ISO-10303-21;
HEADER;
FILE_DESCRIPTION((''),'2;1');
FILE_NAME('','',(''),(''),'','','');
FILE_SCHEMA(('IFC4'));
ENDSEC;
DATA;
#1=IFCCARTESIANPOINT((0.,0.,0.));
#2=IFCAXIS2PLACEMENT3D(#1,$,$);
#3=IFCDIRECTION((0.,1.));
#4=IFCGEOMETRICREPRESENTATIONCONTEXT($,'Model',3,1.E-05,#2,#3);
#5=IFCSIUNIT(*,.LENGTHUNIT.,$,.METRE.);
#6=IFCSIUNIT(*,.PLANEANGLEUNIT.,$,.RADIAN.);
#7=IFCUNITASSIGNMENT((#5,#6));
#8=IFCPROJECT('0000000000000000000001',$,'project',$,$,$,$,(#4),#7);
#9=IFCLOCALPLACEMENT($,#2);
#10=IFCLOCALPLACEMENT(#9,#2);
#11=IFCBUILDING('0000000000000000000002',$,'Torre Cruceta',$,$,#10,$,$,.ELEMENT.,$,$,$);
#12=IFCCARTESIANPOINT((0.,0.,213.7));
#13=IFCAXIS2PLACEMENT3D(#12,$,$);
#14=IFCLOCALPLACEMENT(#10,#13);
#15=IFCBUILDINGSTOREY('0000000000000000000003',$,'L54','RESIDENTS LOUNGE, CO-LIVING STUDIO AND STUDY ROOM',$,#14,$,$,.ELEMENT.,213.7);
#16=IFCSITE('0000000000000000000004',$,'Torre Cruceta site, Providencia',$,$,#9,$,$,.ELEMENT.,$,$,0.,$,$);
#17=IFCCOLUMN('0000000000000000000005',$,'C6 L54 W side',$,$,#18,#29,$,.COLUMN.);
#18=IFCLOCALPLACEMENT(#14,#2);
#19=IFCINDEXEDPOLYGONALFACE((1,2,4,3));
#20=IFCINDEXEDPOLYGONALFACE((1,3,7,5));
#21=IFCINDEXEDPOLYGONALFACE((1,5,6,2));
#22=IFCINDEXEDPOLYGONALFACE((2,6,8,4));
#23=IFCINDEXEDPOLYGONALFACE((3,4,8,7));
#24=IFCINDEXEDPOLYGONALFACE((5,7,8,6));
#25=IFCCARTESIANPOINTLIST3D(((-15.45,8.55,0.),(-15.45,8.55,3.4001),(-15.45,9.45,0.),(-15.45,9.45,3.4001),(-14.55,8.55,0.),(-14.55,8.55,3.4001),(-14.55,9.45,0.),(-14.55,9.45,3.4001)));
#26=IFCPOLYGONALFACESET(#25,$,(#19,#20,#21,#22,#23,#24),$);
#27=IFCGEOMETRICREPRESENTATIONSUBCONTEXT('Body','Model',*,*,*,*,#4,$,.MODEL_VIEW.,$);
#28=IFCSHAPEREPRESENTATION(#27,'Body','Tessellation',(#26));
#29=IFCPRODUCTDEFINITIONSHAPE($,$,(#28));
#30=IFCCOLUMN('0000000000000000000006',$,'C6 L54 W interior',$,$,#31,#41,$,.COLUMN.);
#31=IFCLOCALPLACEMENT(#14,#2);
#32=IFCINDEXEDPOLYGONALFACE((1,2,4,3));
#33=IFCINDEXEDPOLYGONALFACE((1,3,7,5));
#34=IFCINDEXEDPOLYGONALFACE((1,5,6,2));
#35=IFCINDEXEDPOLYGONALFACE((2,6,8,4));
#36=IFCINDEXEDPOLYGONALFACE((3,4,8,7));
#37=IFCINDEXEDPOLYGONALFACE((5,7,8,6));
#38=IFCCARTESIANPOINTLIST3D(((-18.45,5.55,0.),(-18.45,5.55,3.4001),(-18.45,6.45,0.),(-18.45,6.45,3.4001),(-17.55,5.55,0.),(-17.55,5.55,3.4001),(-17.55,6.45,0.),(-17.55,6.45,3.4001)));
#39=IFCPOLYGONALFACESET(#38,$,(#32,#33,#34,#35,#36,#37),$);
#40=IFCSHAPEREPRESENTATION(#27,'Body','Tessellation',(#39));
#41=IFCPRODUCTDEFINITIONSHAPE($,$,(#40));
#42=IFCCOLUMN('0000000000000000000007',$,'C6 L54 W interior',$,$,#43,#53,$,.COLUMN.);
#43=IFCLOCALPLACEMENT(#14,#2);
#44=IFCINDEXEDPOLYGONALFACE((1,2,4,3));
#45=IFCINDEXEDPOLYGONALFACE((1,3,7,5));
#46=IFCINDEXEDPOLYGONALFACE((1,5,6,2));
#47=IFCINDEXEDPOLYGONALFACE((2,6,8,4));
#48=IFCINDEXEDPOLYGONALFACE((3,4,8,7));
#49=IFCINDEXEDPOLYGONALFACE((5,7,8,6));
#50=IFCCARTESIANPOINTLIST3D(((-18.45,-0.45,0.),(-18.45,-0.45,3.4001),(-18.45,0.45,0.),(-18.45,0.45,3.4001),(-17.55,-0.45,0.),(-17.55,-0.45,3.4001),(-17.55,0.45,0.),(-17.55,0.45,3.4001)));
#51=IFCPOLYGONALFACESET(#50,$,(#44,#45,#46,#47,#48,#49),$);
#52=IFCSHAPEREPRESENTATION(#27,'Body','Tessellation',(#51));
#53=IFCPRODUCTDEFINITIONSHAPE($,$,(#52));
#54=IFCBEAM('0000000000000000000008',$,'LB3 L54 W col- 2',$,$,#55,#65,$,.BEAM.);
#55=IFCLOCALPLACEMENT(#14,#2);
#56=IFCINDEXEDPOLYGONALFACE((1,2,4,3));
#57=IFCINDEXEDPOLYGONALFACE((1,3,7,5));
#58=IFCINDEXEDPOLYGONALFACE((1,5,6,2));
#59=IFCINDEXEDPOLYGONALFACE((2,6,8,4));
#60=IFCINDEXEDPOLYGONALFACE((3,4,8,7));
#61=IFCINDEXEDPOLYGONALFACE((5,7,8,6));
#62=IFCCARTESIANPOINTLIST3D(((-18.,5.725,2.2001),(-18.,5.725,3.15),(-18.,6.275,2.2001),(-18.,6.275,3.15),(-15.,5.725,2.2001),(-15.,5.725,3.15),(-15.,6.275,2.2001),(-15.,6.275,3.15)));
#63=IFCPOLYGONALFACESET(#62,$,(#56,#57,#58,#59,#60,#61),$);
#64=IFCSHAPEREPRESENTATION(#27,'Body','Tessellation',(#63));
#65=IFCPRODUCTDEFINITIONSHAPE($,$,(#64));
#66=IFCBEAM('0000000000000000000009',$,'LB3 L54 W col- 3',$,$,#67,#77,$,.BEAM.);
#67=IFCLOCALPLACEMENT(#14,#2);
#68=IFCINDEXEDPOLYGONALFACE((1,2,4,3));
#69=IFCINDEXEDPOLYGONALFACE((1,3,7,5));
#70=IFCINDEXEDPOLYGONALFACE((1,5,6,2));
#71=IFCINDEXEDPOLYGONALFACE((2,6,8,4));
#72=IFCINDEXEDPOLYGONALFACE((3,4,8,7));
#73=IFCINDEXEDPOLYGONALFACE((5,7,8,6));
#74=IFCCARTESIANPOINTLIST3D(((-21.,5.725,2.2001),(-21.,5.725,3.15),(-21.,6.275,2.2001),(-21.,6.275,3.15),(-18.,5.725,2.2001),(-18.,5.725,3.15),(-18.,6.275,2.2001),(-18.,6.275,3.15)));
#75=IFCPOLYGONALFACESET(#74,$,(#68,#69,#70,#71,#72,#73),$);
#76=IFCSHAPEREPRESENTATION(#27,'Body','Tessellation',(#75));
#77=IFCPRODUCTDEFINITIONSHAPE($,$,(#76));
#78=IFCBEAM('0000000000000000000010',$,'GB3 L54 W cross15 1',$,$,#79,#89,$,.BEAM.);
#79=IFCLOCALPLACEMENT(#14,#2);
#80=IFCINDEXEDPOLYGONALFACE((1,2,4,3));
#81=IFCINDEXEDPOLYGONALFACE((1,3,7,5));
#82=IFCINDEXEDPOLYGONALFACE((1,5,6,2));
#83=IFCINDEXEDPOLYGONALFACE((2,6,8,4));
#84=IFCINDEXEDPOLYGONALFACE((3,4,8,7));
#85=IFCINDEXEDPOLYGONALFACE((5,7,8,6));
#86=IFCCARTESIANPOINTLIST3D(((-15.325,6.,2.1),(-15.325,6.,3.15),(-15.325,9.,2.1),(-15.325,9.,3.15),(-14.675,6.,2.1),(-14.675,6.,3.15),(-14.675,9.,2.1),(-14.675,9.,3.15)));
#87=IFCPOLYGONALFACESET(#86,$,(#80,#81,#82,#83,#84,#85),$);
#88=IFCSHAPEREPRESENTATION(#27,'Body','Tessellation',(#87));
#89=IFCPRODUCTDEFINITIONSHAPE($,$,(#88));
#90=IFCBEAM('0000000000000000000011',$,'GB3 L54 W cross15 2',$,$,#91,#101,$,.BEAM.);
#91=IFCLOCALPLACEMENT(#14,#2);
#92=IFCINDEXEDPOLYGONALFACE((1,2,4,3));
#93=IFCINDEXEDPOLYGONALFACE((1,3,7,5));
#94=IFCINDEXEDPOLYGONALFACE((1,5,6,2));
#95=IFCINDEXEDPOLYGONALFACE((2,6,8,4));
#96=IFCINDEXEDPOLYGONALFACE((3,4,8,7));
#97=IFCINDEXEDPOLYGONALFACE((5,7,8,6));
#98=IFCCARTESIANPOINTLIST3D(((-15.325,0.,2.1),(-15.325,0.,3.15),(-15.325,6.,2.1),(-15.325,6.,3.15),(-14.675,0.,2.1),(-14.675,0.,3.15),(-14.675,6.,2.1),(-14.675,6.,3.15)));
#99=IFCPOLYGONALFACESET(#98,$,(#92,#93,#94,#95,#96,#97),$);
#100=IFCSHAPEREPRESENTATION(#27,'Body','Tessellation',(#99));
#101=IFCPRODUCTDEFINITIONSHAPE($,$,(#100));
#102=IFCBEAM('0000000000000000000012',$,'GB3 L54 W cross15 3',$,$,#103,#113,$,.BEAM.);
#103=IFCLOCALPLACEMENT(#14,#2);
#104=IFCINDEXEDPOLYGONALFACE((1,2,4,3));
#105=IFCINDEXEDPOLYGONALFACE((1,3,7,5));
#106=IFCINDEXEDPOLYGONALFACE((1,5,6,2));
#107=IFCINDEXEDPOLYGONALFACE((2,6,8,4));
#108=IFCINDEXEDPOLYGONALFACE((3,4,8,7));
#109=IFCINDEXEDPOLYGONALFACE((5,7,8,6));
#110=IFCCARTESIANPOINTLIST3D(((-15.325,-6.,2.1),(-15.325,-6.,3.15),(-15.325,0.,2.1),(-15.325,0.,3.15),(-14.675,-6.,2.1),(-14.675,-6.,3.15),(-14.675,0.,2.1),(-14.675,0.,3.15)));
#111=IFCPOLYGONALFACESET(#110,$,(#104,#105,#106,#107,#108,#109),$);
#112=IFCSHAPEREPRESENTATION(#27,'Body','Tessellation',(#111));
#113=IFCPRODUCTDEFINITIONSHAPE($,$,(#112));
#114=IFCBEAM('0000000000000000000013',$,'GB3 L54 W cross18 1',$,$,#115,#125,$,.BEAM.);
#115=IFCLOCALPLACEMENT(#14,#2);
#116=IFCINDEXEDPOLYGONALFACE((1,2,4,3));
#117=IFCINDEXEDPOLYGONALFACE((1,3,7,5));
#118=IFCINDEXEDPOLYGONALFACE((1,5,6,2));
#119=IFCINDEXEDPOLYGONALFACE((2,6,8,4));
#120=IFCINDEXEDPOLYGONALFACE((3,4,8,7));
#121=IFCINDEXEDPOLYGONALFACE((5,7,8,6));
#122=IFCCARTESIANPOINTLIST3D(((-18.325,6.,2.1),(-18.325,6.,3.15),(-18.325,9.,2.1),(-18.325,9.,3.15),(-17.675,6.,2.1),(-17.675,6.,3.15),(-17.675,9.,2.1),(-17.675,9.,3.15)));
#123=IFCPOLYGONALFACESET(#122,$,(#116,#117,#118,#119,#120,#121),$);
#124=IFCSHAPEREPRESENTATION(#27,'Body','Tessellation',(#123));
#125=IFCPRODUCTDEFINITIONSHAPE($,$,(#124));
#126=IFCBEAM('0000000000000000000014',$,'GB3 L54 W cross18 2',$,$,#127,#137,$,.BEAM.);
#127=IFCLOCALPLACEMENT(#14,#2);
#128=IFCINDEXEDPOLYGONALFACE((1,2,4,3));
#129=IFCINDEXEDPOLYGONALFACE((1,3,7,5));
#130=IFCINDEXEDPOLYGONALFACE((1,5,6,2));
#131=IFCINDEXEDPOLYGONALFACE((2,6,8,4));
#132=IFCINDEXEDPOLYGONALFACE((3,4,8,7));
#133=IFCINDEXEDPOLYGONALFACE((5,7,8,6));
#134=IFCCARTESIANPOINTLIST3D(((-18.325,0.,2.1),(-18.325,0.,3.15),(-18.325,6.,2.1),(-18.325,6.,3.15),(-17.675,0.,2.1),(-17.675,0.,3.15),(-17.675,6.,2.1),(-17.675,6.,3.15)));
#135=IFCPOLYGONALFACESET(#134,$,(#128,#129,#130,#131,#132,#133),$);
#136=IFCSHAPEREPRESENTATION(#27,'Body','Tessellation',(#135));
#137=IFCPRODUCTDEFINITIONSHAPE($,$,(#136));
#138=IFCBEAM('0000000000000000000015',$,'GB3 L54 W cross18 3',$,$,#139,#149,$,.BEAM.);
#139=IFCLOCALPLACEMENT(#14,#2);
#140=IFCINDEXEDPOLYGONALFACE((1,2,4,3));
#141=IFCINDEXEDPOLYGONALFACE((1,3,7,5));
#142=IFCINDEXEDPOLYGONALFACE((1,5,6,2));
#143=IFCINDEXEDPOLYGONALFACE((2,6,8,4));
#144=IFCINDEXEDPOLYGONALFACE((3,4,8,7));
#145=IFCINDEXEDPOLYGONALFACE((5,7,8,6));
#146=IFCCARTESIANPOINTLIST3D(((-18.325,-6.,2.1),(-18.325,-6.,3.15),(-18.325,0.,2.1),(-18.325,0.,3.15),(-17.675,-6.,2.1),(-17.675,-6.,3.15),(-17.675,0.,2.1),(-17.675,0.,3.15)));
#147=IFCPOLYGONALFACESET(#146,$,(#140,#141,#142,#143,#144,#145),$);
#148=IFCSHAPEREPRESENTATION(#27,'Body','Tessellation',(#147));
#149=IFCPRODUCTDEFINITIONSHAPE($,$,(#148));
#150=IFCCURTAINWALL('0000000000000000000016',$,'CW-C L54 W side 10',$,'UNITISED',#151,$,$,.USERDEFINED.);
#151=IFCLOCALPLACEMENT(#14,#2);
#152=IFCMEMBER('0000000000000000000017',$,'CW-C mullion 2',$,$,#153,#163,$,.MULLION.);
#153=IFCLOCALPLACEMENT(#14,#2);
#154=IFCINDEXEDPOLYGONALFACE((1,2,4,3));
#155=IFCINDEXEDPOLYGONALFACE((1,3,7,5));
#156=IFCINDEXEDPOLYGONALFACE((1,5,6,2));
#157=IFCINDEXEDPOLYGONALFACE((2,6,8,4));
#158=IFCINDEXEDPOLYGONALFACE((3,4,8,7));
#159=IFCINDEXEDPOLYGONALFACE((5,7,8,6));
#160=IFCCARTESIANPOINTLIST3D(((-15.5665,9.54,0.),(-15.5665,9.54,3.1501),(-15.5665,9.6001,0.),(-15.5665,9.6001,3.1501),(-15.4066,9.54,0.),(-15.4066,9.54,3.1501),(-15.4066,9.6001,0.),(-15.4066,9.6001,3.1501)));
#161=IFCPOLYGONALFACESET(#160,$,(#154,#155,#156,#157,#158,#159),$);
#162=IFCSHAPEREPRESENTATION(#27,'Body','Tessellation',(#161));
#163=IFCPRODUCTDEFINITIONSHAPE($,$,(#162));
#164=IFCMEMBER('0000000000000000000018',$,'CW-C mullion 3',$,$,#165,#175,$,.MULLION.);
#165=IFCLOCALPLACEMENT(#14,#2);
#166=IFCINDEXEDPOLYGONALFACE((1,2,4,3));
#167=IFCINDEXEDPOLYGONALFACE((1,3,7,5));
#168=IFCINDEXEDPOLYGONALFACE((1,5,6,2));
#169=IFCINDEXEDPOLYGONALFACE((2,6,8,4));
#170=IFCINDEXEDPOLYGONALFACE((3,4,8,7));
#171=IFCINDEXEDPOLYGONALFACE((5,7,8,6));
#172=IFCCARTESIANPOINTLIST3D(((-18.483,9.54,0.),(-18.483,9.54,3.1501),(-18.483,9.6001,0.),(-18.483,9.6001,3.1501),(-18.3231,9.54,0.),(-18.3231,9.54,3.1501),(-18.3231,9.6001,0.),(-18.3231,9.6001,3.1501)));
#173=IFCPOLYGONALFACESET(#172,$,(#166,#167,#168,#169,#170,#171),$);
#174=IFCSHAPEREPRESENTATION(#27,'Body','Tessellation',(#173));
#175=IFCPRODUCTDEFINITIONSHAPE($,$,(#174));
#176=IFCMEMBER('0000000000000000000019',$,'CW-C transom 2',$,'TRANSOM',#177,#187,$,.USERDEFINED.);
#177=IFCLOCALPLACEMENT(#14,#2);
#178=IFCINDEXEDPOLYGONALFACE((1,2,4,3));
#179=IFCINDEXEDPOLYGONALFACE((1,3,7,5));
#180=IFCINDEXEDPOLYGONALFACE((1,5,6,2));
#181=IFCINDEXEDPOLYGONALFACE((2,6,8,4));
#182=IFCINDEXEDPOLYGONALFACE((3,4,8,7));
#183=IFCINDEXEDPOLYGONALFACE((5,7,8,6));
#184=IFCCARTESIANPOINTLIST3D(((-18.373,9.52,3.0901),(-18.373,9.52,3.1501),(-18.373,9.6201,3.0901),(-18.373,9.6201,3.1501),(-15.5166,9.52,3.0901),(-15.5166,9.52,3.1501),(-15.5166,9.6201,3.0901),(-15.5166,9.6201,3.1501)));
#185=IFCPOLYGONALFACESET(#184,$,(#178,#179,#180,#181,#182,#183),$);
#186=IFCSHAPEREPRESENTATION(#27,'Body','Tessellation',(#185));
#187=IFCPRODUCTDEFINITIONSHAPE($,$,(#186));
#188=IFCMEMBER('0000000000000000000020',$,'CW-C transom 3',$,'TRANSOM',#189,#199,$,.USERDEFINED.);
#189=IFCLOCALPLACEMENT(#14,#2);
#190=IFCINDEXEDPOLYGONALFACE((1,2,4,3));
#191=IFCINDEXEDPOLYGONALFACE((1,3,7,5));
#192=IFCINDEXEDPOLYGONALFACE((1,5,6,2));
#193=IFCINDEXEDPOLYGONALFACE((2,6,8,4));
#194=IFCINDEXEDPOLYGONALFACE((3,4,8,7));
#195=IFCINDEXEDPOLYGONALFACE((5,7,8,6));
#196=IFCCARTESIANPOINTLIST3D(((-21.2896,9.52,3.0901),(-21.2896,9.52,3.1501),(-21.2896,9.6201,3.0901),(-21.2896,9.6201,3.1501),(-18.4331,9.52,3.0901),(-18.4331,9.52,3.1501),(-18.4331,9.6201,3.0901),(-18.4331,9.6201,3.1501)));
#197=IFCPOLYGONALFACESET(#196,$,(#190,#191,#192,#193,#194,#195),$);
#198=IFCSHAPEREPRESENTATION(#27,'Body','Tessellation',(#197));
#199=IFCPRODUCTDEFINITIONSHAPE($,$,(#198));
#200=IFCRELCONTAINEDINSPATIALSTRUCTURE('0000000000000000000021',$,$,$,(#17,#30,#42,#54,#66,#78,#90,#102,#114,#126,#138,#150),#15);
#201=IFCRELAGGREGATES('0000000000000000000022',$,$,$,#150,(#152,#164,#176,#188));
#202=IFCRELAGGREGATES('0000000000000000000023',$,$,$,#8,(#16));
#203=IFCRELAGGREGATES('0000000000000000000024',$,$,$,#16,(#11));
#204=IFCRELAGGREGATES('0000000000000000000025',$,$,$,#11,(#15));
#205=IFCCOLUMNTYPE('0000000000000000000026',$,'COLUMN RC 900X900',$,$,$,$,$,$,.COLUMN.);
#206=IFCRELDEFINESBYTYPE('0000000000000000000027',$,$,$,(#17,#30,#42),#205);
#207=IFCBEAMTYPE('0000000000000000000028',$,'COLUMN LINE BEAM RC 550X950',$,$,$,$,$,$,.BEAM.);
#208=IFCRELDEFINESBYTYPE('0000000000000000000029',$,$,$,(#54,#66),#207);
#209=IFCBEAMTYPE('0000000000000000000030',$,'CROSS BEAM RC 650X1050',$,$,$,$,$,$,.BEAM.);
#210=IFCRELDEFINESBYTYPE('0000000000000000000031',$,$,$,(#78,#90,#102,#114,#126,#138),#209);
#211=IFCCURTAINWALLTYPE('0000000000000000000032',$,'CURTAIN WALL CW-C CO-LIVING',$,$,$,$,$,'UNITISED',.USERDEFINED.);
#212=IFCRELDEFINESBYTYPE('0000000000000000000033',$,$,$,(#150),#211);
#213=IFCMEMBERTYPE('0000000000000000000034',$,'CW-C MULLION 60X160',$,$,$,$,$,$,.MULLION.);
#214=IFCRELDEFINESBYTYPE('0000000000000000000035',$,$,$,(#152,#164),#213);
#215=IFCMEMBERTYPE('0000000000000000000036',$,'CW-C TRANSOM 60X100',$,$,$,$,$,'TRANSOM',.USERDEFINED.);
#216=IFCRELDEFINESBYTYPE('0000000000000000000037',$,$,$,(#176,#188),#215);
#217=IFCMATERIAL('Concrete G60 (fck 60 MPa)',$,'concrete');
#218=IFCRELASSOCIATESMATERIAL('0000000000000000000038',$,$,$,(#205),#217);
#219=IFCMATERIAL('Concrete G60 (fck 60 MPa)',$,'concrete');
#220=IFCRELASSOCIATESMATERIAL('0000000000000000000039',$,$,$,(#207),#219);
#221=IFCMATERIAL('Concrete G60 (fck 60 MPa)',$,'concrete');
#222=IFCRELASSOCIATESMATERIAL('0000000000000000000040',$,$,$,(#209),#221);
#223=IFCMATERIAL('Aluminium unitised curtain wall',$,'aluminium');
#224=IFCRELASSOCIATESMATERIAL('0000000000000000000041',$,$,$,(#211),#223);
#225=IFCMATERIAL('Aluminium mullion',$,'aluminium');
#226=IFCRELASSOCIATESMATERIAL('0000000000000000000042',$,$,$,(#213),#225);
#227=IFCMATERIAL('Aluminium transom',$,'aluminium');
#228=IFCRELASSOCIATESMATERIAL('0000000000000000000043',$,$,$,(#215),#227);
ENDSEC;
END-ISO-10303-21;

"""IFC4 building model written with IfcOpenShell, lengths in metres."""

from ifc_helpers import new_model, si_unit, direction, frame, origin, origin_2d, place, context, subcontext, project, spatial, rectangle, extrude, material, material_profile, profile_set, type_object, element, aggregate, save


model = new_model("IFC4")

# Units and contexts
model_context = context("Model", 3, precision=1e-05, world=origin(), true_north=direction((0.0, 1.0)))
body_context = subcontext(model_context, "Body", "Model", "MODEL_VIEW")
ifc_project = project(units=[si_unit("LENGTHUNIT", "METRE"), si_unit("PLANEANGLEUNIT", "RADIAN")], contexts=[model_context])

# Site, building, storey
site_placement = place(None, origin())
site = spatial("IfcSite", under=ifc_project, at=site_placement, Name="Torre Cruceta site, Providencia", CompositionType="ELEMENT", RefElevation=0.0)
building_placement = place(site_placement, origin())
building = spatial("IfcBuilding", under=site, at=building_placement, Name="Torre Cruceta", CompositionType="ELEMENT")
storey_placement = place(building_placement, frame((0.0, 0.0, 213.7)))
storey = spatial("IfcBuildingStorey", under=building, at=storey_placement, Name="L54", Description="RESIDENTS LOUNGE, CO-LIVING STUDIO AND STUDY ROOM", CompositionType="ELEMENT", Elevation=213.7)

# Columns
ifc_material_1 = material(Name="Concrete G60 (fck 60 MPa)", Category="concrete")
ifc_material_profile_1 = material_profile(ifc_material_1, rectangle(XDim=0.8999, YDim=0.8999, at=origin_2d()), Name="RC 900X900")
ifc_profile_set_1 = profile_set([ifc_material_profile_1], Name="Concrete G60 (fck 60 MPa)")
column_type = type_object("IfcColumnType", Name="COLUMN RC 900X900", PredefinedType="COLUMN", material=ifc_profile_set_1)
for number, where, z_axis, x_axis, name in (
    (1, (-15.0, 9.0, 0.0), (0.0, 0.0, 1.0), (1.0, 0.0, 0.0), "C6 L54 W side"),
    (2, (-18.0, 6.0, 0.0), (0.0, 0.0, 1.0), (1.0, 0.0, 0.0), "C6 L54 W interior"),
    (3, (-18.0, 0.0, 0.0), (0.0, 0.0, 1.0), (1.0, 0.0, 0.0), "C6 L54 W interior"),
):
    element("IfcColumn", number, at=place(storey_placement, frame(where, z_axis=z_axis, x_axis=x_axis)), inside=storey, type_object=column_type, Name=name, PredefinedType="COLUMN", context=body_context, shape_type="SweptSolid", body=[
        extrude(rectangle(XDim=0.8999, YDim=0.8999, at=origin_2d()), origin(), (0.0, 0.0, 1.0), 3.4001),
    ])

# Beams
ifc_material_2 = material(Name="Concrete G60 (fck 60 MPa)", Category="concrete")
ifc_material_profile_2 = material_profile(ifc_material_2, rectangle(XDim=0.55, YDim=0.95, at=origin_2d()), Name="RC 550X950")
ifc_profile_set_2 = profile_set([ifc_material_profile_2], Name="Concrete G60 (fck 60 MPa)")
beam_type_1 = type_object("IfcBeamType", Name="COLUMN LINE BEAM RC 550X950", PredefinedType="BEAM", material=ifc_profile_set_2)
for number, where, z_axis, x_axis, name in (
    (4, (-15.0, 6.0, 2.675), (-1.0, 0.0, 0.0), (0.0, -1.0, 0.0), "LB3 L54 W col- 2"),
    (5, (-18.0, 6.0, 2.675), (-1.0, 0.0, 0.0), (0.0, -1.0, 0.0), "LB3 L54 W col- 3"),
):
    element("IfcBeam", number, at=place(storey_placement, frame(where, z_axis=z_axis, x_axis=x_axis)), inside=storey, type_object=beam_type_1, Name=name, PredefinedType="BEAM", context=body_context, shape_type="SweptSolid", body=[
        extrude(rectangle(XDim=0.55, YDim=0.95, at=origin_2d()), origin(), (0.0, 0.0, 1.0), 3.0),
    ])
ifc_material_3 = material(Name="Concrete G60 (fck 60 MPa)", Category="concrete")
ifc_material_profile_3 = material_profile(ifc_material_3, rectangle(XDim=0.6499, YDim=1.05, at=origin_2d()), Name="RC 650X1050")
ifc_profile_set_3 = profile_set([ifc_material_profile_3], Name="Concrete G60 (fck 60 MPa)")
beam_type_2 = type_object("IfcBeamType", Name="CROSS BEAM RC 650X1050", PredefinedType="BEAM", material=ifc_profile_set_3)
beam_1_placement = place(storey_placement, frame((-15.0, 9.0, 2.625), z_axis=(0.0, -1.0, 0.0), x_axis=(1.0, 0.0, 0.0)))
element("IfcBeam", 6, at=beam_1_placement, inside=storey, type_object=beam_type_2, Name="GB3 L54 W cross15 1", PredefinedType="BEAM", context=body_context, shape_type="SweptSolid", body=[
    extrude(rectangle(XDim=0.6499, YDim=1.05, at=origin_2d()), origin(), (0.0, 0.0, 1.0), 3.0),
])
for number, where, z_axis, x_axis, name in (
    (7, (-15.0, 6.0, 2.625), (0.0, -1.0, 0.0), (1.0, 0.0, 0.0), "GB3 L54 W cross15 2"),
    (8, (-15.0, 0.0, 2.625), (0.0, -1.0, 0.0), (1.0, 0.0, 0.0), "GB3 L54 W cross15 3"),
):
    element("IfcBeam", number, at=place(storey_placement, frame(where, z_axis=z_axis, x_axis=x_axis)), inside=storey, type_object=beam_type_2, Name=name, PredefinedType="BEAM", context=body_context, shape_type="SweptSolid", body=[
        extrude(rectangle(XDim=0.6499, YDim=1.05, at=origin_2d()), origin(), (0.0, 0.0, 1.0), 6.0),
    ])
beam_2_placement = place(storey_placement, frame((-18.0, 9.0, 2.625), z_axis=(0.0, -1.0, 0.0), x_axis=(1.0, 0.0, 0.0)))
element("IfcBeam", 9, at=beam_2_placement, inside=storey, type_object=beam_type_2, Name="GB3 L54 W cross18 1", PredefinedType="BEAM", context=body_context, shape_type="SweptSolid", body=[
    extrude(rectangle(XDim=0.6499, YDim=1.05, at=origin_2d()), origin(), (0.0, 0.0, 1.0), 3.0),
])
for number, where, z_axis, x_axis, name in (
    (10, (-18.0, 6.0, 2.625), (0.0, -1.0, 0.0), (1.0, 0.0, 0.0), "GB3 L54 W cross18 2"),
    (11, (-18.0, 0.0, 2.625), (0.0, -1.0, 0.0), (1.0, 0.0, 0.0), "GB3 L54 W cross18 3"),
):
    element("IfcBeam", number, at=place(storey_placement, frame(where, z_axis=z_axis, x_axis=x_axis)), inside=storey, type_object=beam_type_2, Name=name, PredefinedType="BEAM", context=body_context, shape_type="SweptSolid", body=[
        extrude(rectangle(XDim=0.6499, YDim=1.05, at=origin_2d()), origin(), (0.0, 0.0, 1.0), 6.0),
    ])

# Curtain wall, members
ifc_material_4 = material(Name="Aluminium unitised curtain wall", Category="aluminium")
curtain_wall_type = type_object("IfcCurtainWallType", Name="CURTAIN WALL CW-C CO-LIVING", ElementType="UNITISED", PredefinedType="USERDEFINED", material=ifc_material_4)
curtain_wall_placement = place(storey_placement, origin())
curtain_wall = element("IfcCurtainWall", 12, at=curtain_wall_placement, inside=storey, type_object=curtain_wall_type, Name="CW-C L54 W side 10", ObjectType="UNITISED", PredefinedType="USERDEFINED")
ifc_material_5 = material(Name="Aluminium mullion", Category="aluminium")
ifc_material_profile_4 = material_profile(ifc_material_5, rectangle(XDim=0.0601, YDim=0.1599, at=origin_2d()), Name="AL 60X160")
ifc_profile_set_4 = profile_set([ifc_material_profile_4], Name="Aluminium mullion")
member_type_1 = type_object("IfcMemberType", Name="CW-C MULLION 60X160", PredefinedType="MULLION", material=ifc_profile_set_4)
member_1_placement = place(storey_placement, frame((-15.4866, 9.5701, 0.0), z_axis=(0.0, 0.0, 1.0), x_axis=(0.0, -1.0, 0.0)))
member_1 = element("IfcMember", 13, at=member_1_placement, type_object=member_type_1, Name="CW-C mullion 2", PredefinedType="MULLION", context=body_context, shape_type="SweptSolid", body=[
    extrude(rectangle(XDim=0.0601, YDim=0.1599, at=origin_2d()), origin(), (0.0, 0.0, 1.0), 3.1501),
])
member_2_placement = place(storey_placement, frame((-18.4031, 9.5701, 0.0), z_axis=(0.0, 0.0, 1.0), x_axis=(0.0, -1.0, 0.0)))
member_2 = element("IfcMember", 14, at=member_2_placement, type_object=member_type_1, Name="CW-C mullion 3", PredefinedType="MULLION", context=body_context, shape_type="SweptSolid", body=[
    extrude(rectangle(XDim=0.0601, YDim=0.1599, at=origin_2d()), origin(), (0.0, 0.0, 1.0), 3.1501),
])
ifc_material_6 = material(Name="Aluminium transom", Category="aluminium")
ifc_material_profile_5 = material_profile(ifc_material_6, rectangle(XDim=0.1001, YDim=0.0601, at=origin_2d()), Name="AL 100X60")
ifc_profile_set_5 = profile_set([ifc_material_profile_5], Name="Aluminium transom")
member_type_2 = type_object("IfcMemberType", Name="CW-C TRANSOM 60X100", ElementType="TRANSOM", PredefinedType="USERDEFINED", material=ifc_profile_set_5)
member_3_placement = place(storey_placement, frame((-15.5166, 9.5701, 3.1201), z_axis=(-1.0, 0.0, 0.0), x_axis=(0.0, -1.0, 0.0)))
member_3 = element("IfcMember", 15, at=member_3_placement, type_object=member_type_2, Name="CW-C transom 2", ObjectType="TRANSOM", PredefinedType="USERDEFINED", context=body_context, shape_type="SweptSolid", body=[
    extrude(rectangle(XDim=0.1001, YDim=0.0601, at=origin_2d()), origin(), (0.0, 0.0, 1.0), 2.8564),
])
member_4_placement = place(storey_placement, frame((-18.4331, 9.5701, 3.1201), z_axis=(-1.0, 0.0, 0.0), x_axis=(0.0, -1.0, 0.0)))
member_4 = element("IfcMember", 16, at=member_4_placement, type_object=member_type_2, Name="CW-C transom 3", ObjectType="TRANSOM", PredefinedType="USERDEFINED", context=body_context, shape_type="SweptSolid", body=[
    extrude(rectangle(XDim=0.1001, YDim=0.0601, at=origin_2d()), origin(), (0.0, 0.0, 1.0), 2.8564),
])

aggregate(curtain_wall, [member_1, member_2, member_3, member_4])

save(model, "model.ifc")
